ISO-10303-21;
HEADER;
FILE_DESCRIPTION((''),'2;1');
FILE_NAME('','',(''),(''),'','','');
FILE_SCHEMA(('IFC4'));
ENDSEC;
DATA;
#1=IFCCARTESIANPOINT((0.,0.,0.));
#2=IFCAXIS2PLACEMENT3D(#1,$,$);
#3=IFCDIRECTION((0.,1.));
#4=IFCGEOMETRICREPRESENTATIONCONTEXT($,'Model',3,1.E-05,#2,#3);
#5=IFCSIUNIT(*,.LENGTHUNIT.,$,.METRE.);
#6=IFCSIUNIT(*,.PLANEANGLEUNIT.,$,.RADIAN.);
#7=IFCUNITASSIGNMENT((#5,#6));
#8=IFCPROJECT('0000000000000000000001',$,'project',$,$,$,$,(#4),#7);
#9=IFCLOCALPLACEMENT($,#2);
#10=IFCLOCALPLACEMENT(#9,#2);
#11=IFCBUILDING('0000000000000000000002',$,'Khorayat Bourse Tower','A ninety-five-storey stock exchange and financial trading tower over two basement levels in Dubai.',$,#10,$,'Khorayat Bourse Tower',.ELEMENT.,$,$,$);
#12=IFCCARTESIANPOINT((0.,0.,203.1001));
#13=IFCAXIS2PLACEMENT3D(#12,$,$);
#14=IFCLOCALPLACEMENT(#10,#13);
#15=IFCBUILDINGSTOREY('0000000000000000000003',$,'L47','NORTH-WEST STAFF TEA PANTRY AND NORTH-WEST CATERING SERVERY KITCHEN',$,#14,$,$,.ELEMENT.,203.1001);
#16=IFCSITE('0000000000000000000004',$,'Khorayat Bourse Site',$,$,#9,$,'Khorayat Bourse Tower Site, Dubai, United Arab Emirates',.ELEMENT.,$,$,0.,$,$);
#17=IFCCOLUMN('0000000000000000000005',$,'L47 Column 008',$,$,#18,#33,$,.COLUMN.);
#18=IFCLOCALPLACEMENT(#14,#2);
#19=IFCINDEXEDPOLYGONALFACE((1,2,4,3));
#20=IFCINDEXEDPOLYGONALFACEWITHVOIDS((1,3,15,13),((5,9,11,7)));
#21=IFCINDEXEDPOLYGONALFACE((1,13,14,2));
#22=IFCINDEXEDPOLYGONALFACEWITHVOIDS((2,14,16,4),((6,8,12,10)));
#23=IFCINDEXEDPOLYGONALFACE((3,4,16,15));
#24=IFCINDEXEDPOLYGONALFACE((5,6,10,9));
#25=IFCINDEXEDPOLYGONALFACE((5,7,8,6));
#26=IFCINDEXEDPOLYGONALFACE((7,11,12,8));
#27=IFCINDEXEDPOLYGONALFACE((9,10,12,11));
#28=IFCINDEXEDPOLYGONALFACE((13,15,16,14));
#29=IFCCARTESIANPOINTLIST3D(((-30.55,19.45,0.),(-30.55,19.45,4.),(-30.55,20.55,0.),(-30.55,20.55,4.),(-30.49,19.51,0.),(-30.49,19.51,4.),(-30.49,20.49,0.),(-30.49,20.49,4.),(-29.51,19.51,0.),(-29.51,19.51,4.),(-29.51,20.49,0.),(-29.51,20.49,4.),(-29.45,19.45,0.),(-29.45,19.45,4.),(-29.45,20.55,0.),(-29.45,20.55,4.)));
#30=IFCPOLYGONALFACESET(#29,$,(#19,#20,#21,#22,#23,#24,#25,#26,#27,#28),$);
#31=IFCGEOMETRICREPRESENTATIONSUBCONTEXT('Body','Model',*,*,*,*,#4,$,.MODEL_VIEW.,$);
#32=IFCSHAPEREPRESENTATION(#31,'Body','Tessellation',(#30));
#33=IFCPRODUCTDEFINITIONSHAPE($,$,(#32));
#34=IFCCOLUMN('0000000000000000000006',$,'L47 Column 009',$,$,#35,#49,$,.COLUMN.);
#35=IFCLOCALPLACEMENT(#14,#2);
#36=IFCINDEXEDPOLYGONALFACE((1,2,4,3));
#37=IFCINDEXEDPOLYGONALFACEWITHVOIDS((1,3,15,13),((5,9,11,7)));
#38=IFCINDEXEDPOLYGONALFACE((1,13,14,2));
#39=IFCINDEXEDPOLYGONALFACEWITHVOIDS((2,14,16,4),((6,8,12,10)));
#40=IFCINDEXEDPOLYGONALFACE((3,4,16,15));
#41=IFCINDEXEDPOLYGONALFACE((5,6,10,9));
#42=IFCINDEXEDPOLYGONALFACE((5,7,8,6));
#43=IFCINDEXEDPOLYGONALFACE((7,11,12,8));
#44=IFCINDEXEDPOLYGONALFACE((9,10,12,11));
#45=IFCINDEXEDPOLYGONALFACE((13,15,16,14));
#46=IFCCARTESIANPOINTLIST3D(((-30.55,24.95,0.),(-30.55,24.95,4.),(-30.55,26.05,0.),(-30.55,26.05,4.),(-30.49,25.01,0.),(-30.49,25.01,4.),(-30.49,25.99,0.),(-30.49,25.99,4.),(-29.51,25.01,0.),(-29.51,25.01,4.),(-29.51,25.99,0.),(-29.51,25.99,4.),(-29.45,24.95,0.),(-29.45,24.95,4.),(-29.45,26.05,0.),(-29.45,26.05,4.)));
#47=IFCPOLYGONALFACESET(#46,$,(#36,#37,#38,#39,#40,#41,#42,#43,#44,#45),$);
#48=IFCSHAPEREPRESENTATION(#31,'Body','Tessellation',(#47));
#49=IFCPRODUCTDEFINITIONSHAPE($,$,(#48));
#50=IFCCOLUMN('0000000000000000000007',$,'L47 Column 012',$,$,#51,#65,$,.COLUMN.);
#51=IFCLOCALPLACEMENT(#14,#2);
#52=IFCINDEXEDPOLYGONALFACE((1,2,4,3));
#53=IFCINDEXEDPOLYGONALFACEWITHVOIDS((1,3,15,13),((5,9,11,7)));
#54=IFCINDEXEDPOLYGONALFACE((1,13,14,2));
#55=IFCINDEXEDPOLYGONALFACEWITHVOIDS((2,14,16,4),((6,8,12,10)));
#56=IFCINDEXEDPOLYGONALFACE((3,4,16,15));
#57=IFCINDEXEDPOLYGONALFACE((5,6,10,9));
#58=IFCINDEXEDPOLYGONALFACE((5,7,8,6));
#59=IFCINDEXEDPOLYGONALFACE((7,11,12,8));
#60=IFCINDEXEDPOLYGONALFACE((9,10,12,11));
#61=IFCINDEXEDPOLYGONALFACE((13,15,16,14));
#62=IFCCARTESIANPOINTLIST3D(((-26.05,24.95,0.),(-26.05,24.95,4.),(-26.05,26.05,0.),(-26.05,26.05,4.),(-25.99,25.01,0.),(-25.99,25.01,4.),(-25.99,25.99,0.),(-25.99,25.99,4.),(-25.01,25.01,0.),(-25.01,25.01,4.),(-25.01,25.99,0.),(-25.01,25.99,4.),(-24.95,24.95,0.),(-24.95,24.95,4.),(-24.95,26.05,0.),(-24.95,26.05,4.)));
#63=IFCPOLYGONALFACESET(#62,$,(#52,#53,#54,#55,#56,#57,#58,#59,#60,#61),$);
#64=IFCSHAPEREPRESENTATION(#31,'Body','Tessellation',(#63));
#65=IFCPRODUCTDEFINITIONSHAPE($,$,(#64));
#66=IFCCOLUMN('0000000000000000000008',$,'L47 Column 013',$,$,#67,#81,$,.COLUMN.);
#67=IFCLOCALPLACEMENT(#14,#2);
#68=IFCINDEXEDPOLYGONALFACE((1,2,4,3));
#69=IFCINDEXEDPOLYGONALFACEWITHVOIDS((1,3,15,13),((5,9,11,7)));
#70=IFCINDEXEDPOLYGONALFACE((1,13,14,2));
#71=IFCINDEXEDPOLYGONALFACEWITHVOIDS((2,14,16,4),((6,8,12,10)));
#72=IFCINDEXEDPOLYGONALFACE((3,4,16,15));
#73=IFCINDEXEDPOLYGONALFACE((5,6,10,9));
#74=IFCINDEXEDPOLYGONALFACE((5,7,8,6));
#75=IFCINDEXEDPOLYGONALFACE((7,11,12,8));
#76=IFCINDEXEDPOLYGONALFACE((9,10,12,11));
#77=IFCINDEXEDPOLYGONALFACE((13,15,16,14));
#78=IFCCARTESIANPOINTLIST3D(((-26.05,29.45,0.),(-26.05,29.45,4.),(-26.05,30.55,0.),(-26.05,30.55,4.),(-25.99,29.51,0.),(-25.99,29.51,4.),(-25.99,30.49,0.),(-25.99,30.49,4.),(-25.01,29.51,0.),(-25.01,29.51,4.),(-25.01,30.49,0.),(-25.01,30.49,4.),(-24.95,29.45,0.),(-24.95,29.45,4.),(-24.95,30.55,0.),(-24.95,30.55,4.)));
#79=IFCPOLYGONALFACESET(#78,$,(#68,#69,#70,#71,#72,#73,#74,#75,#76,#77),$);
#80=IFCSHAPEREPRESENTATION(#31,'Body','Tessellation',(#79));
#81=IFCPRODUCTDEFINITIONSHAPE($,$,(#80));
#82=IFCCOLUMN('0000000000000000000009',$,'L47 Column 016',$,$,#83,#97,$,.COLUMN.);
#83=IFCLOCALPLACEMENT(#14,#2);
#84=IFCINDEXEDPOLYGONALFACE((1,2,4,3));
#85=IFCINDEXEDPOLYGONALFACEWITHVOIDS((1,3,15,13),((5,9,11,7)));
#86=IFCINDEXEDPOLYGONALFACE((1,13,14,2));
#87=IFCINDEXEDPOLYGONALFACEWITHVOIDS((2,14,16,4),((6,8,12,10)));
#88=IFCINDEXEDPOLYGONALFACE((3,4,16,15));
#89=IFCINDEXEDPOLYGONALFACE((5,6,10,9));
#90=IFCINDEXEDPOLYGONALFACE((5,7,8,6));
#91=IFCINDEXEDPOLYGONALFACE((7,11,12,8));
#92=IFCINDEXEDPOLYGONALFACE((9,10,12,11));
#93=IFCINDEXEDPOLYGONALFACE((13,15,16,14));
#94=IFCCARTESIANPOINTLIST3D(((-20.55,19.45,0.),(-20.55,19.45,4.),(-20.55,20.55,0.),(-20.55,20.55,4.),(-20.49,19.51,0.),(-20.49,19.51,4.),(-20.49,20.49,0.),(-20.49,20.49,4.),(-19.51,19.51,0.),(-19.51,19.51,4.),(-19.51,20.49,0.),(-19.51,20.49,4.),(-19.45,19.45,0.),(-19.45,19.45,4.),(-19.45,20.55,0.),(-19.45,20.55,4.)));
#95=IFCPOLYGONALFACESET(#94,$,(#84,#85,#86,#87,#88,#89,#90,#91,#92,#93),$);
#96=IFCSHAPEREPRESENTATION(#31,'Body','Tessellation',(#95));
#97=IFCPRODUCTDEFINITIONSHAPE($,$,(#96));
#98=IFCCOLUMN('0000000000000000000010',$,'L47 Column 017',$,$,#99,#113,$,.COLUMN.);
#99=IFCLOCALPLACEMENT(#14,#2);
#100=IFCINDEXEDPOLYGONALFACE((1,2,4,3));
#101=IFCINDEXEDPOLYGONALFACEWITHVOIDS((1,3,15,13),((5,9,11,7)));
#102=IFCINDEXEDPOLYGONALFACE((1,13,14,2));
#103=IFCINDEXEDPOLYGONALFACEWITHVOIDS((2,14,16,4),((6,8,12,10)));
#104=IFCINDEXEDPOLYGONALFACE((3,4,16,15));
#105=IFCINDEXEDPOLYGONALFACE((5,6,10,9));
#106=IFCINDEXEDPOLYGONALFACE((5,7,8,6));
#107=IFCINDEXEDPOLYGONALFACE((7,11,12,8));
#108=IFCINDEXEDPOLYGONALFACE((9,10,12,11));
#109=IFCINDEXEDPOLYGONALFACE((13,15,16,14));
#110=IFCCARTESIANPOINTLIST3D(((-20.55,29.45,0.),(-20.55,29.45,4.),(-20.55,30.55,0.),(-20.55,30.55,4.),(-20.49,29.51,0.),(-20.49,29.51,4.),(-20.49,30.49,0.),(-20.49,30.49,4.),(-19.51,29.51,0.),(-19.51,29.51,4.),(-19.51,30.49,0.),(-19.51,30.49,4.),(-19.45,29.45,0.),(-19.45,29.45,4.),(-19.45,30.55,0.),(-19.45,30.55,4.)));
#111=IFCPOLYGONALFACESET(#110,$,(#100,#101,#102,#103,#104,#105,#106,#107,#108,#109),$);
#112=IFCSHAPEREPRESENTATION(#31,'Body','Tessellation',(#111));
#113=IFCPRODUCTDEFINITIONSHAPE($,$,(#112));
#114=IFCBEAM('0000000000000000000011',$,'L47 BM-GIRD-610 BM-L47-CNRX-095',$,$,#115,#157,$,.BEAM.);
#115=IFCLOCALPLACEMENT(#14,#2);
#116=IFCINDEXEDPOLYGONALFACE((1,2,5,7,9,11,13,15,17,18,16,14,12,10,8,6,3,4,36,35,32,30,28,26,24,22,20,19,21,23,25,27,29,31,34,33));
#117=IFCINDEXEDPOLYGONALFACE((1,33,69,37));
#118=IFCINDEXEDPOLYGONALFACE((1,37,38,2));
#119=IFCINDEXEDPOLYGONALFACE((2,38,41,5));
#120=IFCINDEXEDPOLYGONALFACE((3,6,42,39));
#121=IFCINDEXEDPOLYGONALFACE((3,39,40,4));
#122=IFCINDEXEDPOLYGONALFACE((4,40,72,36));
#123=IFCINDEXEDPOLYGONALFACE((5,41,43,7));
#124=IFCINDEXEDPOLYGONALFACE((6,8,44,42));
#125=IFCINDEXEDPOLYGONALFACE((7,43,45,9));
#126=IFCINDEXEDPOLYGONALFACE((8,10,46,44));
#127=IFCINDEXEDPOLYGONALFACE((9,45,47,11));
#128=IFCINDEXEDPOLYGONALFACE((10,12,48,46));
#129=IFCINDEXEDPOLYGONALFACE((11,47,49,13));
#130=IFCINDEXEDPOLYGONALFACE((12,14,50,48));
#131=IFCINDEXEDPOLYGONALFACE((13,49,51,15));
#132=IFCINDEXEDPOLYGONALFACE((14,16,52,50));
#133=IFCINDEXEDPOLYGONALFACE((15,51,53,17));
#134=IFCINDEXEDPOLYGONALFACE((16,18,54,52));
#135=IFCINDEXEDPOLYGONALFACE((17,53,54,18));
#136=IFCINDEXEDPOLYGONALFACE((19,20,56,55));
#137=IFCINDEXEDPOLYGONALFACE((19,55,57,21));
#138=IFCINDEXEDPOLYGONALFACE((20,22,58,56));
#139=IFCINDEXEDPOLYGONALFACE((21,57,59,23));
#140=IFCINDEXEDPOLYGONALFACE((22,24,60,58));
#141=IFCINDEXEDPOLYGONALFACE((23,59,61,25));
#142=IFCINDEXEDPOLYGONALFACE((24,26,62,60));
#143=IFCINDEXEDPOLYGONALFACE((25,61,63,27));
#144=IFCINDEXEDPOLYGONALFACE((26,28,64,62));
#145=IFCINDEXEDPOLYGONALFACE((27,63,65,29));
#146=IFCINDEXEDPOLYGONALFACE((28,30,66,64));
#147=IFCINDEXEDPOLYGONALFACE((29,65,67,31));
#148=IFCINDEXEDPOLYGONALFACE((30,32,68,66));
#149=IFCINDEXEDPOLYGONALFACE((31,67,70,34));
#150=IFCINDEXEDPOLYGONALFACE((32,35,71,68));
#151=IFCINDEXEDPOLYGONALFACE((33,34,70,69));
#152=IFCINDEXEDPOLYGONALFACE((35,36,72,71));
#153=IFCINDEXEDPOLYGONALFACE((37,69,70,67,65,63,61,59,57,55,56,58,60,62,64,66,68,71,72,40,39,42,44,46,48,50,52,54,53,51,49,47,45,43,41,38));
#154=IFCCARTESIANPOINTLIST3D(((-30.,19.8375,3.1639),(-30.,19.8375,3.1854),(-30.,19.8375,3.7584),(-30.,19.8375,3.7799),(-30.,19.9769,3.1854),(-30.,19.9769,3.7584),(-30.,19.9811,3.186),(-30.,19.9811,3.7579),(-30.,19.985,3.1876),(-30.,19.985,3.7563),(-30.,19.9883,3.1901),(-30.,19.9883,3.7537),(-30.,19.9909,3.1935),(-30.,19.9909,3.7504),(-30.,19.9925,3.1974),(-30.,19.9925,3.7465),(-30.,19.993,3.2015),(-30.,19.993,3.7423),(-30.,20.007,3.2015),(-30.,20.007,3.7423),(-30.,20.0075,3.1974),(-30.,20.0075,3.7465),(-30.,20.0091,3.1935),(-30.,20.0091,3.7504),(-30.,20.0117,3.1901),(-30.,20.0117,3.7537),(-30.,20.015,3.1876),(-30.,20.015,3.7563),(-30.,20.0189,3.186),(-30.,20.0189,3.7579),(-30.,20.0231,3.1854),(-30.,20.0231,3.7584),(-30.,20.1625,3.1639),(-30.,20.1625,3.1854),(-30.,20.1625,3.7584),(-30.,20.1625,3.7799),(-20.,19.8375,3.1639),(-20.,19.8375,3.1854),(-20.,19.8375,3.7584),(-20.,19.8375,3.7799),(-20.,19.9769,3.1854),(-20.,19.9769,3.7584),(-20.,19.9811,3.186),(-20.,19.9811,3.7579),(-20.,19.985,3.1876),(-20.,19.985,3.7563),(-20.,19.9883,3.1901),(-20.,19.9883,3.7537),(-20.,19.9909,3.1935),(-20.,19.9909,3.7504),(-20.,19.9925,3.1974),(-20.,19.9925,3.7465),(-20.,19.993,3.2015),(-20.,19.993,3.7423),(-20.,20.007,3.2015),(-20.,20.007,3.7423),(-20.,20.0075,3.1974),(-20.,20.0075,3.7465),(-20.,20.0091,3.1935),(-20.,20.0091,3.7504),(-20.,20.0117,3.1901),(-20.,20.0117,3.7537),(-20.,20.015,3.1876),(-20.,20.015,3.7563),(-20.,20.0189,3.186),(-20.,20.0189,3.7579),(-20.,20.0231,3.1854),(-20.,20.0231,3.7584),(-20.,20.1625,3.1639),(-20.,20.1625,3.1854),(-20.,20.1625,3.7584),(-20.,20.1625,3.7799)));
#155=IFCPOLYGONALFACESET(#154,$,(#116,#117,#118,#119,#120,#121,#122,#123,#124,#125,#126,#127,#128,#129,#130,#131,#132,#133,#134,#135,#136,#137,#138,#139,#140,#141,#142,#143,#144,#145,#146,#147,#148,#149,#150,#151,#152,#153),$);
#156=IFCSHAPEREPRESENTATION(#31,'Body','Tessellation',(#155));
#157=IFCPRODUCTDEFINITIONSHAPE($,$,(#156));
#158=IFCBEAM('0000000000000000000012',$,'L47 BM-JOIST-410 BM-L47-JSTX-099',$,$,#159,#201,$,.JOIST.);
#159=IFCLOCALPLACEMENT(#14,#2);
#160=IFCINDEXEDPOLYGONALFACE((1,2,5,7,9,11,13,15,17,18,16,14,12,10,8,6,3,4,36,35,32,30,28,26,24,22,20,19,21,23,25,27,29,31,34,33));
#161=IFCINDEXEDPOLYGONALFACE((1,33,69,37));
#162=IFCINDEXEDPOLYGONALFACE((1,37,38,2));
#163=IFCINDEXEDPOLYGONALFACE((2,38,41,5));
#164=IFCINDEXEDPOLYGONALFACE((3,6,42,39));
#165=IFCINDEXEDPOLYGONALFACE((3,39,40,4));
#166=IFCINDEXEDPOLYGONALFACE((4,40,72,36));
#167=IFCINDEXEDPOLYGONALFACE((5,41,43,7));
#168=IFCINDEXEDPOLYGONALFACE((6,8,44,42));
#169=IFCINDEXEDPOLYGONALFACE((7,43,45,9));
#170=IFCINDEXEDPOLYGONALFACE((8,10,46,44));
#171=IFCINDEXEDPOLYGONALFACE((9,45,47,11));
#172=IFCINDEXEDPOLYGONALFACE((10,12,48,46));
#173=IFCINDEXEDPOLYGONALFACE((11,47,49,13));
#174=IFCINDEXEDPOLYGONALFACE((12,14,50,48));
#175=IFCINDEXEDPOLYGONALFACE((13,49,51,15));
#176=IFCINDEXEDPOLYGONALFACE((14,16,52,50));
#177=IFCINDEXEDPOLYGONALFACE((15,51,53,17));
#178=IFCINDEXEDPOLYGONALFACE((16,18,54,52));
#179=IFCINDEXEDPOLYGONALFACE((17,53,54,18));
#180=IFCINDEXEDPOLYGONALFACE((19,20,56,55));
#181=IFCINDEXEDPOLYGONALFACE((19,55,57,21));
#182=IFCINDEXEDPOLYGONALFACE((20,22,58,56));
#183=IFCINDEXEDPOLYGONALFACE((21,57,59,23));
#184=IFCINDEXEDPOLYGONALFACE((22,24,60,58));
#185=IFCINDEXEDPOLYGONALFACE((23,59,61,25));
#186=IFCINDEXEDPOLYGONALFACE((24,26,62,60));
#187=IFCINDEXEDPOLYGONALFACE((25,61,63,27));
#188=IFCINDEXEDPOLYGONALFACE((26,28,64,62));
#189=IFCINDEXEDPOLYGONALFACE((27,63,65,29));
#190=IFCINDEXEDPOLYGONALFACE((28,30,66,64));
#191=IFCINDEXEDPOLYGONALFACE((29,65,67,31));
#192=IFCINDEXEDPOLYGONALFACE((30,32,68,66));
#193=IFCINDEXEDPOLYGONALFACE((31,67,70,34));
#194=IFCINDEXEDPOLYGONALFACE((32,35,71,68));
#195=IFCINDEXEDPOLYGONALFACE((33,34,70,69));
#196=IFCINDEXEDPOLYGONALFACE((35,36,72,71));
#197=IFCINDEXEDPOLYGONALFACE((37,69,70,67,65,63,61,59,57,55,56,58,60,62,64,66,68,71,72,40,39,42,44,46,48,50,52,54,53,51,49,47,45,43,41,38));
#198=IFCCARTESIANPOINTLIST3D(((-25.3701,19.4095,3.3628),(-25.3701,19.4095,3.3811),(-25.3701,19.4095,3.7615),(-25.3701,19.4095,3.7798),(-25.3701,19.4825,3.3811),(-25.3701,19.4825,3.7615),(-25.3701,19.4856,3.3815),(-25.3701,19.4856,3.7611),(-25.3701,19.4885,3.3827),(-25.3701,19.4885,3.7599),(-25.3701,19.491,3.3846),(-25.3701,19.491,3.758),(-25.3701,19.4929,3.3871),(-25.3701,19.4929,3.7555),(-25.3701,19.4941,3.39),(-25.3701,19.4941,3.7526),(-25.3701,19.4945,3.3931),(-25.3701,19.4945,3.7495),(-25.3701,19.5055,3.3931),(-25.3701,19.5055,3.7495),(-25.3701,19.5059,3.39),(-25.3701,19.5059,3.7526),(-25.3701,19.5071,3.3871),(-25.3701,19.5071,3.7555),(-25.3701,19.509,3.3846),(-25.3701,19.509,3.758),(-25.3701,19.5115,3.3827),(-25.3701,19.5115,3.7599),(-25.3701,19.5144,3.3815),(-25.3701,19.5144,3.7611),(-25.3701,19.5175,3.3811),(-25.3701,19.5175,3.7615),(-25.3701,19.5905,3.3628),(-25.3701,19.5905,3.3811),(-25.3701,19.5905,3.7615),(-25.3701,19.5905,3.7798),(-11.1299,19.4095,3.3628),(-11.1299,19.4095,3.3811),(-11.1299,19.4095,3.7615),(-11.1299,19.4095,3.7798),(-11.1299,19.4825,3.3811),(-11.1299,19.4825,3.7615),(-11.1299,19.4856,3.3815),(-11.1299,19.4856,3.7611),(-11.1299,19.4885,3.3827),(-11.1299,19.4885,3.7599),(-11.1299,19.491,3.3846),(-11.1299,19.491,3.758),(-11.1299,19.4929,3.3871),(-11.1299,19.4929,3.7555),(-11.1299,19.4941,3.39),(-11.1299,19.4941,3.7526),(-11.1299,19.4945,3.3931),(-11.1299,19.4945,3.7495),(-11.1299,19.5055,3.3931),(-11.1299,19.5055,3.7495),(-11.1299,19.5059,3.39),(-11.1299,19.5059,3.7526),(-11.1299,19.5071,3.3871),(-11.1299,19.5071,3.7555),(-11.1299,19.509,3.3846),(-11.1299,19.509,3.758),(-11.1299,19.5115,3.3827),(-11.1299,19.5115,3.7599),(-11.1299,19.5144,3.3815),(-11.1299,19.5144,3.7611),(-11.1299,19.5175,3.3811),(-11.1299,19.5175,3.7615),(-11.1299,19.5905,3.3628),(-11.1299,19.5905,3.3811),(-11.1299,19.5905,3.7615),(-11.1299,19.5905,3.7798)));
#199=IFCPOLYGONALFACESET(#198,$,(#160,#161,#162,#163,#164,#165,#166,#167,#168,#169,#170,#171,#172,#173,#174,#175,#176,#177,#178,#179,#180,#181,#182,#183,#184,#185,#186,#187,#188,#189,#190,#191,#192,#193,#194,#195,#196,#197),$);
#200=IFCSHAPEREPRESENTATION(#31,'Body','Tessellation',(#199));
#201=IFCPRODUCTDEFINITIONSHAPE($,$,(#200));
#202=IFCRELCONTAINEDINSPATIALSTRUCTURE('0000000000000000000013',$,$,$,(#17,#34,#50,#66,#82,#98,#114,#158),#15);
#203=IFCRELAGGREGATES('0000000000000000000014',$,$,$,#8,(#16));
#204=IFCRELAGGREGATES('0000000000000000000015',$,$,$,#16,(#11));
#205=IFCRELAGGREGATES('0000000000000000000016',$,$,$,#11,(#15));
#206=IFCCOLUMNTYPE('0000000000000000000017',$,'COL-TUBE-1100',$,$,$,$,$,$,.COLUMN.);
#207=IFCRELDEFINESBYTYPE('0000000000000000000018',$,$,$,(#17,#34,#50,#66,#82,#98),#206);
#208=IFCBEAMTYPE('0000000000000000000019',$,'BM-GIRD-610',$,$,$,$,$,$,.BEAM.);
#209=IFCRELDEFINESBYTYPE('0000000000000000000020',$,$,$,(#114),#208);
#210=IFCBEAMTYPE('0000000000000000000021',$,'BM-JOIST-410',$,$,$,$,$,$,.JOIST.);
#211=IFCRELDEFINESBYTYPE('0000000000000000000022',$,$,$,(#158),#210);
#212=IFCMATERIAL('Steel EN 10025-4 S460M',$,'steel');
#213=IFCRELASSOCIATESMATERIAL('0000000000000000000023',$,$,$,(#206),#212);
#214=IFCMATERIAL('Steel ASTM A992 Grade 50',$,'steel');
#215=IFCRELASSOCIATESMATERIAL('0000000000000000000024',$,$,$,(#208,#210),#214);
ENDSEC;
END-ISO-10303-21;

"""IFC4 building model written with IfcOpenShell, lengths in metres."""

from ifc_helpers import new_model, si_unit, direction, frame, origin, origin_2d, place, context, subcontext, project, spatial, hollow_rectangle, i_section, extrude, source, transform, mapped, material, material_profile, profile_set, type_object, element, save


model = new_model("IFC4")

# Units and contexts
model_context = context("Model", 3, precision=1e-05, world=origin(), true_north=direction((0.0, 1.0)))
body_context = subcontext(model_context, "Body", "Model", "MODEL_VIEW")
ifc_project = project(units=[si_unit("LENGTHUNIT", "METRE"), si_unit("PLANEANGLEUNIT", "RADIAN")], contexts=[model_context])

# Site, building, storey
site_placement = place(None, origin())
site = spatial("IfcSite", under=ifc_project, at=site_placement, Name="Khorayat Bourse Site", LongName="Khorayat Bourse Tower Site, Dubai, United Arab Emirates", CompositionType="ELEMENT", RefElevation=0.0)
building_placement = place(site_placement, origin())
building = spatial("IfcBuilding", under=site, at=building_placement, Name="Khorayat Bourse Tower", Description="A ninety-five-storey stock exchange and financial trading tower over two basement levels in Dubai.", LongName="Khorayat Bourse Tower", CompositionType="ELEMENT")
storey_placement = place(building_placement, frame((0.0, 0.0, 203.1001)))
storey = spatial("IfcBuildingStorey", under=building, at=storey_placement, Name="L47", Description="NORTH-WEST STAFF TEA PANTRY AND NORTH-WEST CATERING SERVERY KITCHEN", CompositionType="ELEMENT", Elevation=203.1001)

# Columns
ifc_material_1 = material(Name="Steel EN 10025-4 S460M", Category="steel")
ifc_material_profile_1 = material_profile(ifc_material_1, hollow_rectangle(XDim=1.1001, YDim=1.1001, WallThickness=0.0601, at=origin_2d()), Name="BOX 1100x1100x60")
ifc_profile_set_1 = profile_set([ifc_material_profile_1], Name="Steel EN 10025-4 S460M")
column_type = type_object("IfcColumnType", Name="COL-TUBE-1100", PredefinedType="COLUMN", material=ifc_profile_set_1)
shared_shape_1 = source(origin(), body_context, "Body", "SweptSolid", [
    extrude(hollow_rectangle(XDim=1.1001, YDim=1.1001, WallThickness=0.0601, at=origin_2d()), origin(), (0.0, 0.0, 1.0), 4.0),
])
for number, where, z_axis, x_axis, name in (
    (1, (-30.0, 20.0, 0.0), (0.0, 0.0, 1.0), (1.0, 0.0, 0.0), "L47 Column 008"),
    (2, (-30.0, 25.5, 0.0), (0.0, 0.0, 1.0), (1.0, 0.0, 0.0), "L47 Column 009"),
    (3, (-25.5, 25.5, 0.0), (0.0, 0.0, 1.0), (1.0, 0.0, 0.0), "L47 Column 012"),
    (4, (-25.5, 30.0, 0.0), (0.0, 0.0, 1.0), (1.0, 0.0, 0.0), "L47 Column 013"),
    (5, (-20.0, 20.0, 0.0), (0.0, 0.0, 1.0), (1.0, 0.0, 0.0), "L47 Column 016"),
    (6, (-20.0, 30.0, 0.0), (0.0, 0.0, 1.0), (1.0, 0.0, 0.0), "L47 Column 017"),
):
    element("IfcColumn", number, at=place(storey_placement, frame(where, z_axis=z_axis, x_axis=x_axis)), inside=storey, type_object=column_type, Name=name, PredefinedType="COLUMN", context=body_context, shape_type="MappedRepresentation", body=[
        mapped(shared_shape_1, transform((0.0, 0.0, 0.0), scale=1.0)),
    ])

# Beams
ifc_material_2 = material(Name="Steel ASTM A992 Grade 50", Category="steel")
ifc_material_profile_2 = material_profile(ifc_material_2, i_section(OverallWidth=0.325, OverallDepth=0.616, WebThickness=0.0139, FlangeThickness=0.0215, FilletRadius=0.0161, at=origin_2d()), Name="W610X174")
ifc_profile_set_2 = profile_set([ifc_material_profile_2], Name="Steel ASTM A992 Grade 50")
beam_type_1 = type_object("IfcBeamType", Name="BM-GIRD-610", PredefinedType="BEAM", material=ifc_profile_set_2)
shared_shape_2 = source(origin(), body_context, "Body", "SweptSolid", [
    extrude(i_section(OverallWidth=0.325, OverallDepth=0.616, WebThickness=0.0139, FlangeThickness=0.0215, FilletRadius=0.0161, at=origin_2d()), origin(), (0.0, 0.0, 1.0), 10.0),
])
beam_1_placement = place(storey_placement, frame((-30.0, 20.0, 3.4719), z_axis=(1.0, 0.0, 0.0), x_axis=(0.0, 1.0, 0.0)))
element("IfcBeam", 7, at=beam_1_placement, inside=storey, type_object=beam_type_1, Name="L47 BM-GIRD-610 BM-L47-CNRX-095", PredefinedType="BEAM", context=body_context, shape_type="MappedRepresentation", body=[
    mapped(shared_shape_2, transform((0.0, 0.0, 0.0), scale=1.0)),
])
ifc_material_profile_3 = material_profile(ifc_material_2, i_section(OverallWidth=0.1809, OverallDepth=0.417, WebThickness=0.011, FlangeThickness=0.0183, FilletRadius=0.012, at=origin_2d()), Name="W410X85")
ifc_profile_set_3 = profile_set([ifc_material_profile_3], Name="Steel ASTM A992 Grade 50")
beam_type_2 = type_object("IfcBeamType", Name="BM-JOIST-410", PredefinedType="JOIST", material=ifc_profile_set_3)
shared_shape_3 = source(origin(), body_context, "Body", "SweptSolid", [
    extrude(i_section(OverallWidth=0.1809, OverallDepth=0.417, WebThickness=0.011, FlangeThickness=0.0183, FilletRadius=0.012, at=origin_2d()), origin(), (0.0, 0.0, 1.0), 14.2402),
])
beam_2_placement = place(storey_placement, frame((-25.3701, 19.5, 3.5713), z_axis=(1.0, 0.0, 0.0), x_axis=(0.0, 1.0, 0.0)))
element("IfcBeam", 8, at=beam_2_placement, inside=storey, type_object=beam_type_2, Name="L47 BM-JOIST-410 BM-L47-JSTX-099", PredefinedType="JOIST", context=body_context, shape_type="MappedRepresentation", body=[
    mapped(shared_shape_3, transform((0.0, 0.0, 0.0), scale=1.0)),
])

save(model, "model.ifc")
